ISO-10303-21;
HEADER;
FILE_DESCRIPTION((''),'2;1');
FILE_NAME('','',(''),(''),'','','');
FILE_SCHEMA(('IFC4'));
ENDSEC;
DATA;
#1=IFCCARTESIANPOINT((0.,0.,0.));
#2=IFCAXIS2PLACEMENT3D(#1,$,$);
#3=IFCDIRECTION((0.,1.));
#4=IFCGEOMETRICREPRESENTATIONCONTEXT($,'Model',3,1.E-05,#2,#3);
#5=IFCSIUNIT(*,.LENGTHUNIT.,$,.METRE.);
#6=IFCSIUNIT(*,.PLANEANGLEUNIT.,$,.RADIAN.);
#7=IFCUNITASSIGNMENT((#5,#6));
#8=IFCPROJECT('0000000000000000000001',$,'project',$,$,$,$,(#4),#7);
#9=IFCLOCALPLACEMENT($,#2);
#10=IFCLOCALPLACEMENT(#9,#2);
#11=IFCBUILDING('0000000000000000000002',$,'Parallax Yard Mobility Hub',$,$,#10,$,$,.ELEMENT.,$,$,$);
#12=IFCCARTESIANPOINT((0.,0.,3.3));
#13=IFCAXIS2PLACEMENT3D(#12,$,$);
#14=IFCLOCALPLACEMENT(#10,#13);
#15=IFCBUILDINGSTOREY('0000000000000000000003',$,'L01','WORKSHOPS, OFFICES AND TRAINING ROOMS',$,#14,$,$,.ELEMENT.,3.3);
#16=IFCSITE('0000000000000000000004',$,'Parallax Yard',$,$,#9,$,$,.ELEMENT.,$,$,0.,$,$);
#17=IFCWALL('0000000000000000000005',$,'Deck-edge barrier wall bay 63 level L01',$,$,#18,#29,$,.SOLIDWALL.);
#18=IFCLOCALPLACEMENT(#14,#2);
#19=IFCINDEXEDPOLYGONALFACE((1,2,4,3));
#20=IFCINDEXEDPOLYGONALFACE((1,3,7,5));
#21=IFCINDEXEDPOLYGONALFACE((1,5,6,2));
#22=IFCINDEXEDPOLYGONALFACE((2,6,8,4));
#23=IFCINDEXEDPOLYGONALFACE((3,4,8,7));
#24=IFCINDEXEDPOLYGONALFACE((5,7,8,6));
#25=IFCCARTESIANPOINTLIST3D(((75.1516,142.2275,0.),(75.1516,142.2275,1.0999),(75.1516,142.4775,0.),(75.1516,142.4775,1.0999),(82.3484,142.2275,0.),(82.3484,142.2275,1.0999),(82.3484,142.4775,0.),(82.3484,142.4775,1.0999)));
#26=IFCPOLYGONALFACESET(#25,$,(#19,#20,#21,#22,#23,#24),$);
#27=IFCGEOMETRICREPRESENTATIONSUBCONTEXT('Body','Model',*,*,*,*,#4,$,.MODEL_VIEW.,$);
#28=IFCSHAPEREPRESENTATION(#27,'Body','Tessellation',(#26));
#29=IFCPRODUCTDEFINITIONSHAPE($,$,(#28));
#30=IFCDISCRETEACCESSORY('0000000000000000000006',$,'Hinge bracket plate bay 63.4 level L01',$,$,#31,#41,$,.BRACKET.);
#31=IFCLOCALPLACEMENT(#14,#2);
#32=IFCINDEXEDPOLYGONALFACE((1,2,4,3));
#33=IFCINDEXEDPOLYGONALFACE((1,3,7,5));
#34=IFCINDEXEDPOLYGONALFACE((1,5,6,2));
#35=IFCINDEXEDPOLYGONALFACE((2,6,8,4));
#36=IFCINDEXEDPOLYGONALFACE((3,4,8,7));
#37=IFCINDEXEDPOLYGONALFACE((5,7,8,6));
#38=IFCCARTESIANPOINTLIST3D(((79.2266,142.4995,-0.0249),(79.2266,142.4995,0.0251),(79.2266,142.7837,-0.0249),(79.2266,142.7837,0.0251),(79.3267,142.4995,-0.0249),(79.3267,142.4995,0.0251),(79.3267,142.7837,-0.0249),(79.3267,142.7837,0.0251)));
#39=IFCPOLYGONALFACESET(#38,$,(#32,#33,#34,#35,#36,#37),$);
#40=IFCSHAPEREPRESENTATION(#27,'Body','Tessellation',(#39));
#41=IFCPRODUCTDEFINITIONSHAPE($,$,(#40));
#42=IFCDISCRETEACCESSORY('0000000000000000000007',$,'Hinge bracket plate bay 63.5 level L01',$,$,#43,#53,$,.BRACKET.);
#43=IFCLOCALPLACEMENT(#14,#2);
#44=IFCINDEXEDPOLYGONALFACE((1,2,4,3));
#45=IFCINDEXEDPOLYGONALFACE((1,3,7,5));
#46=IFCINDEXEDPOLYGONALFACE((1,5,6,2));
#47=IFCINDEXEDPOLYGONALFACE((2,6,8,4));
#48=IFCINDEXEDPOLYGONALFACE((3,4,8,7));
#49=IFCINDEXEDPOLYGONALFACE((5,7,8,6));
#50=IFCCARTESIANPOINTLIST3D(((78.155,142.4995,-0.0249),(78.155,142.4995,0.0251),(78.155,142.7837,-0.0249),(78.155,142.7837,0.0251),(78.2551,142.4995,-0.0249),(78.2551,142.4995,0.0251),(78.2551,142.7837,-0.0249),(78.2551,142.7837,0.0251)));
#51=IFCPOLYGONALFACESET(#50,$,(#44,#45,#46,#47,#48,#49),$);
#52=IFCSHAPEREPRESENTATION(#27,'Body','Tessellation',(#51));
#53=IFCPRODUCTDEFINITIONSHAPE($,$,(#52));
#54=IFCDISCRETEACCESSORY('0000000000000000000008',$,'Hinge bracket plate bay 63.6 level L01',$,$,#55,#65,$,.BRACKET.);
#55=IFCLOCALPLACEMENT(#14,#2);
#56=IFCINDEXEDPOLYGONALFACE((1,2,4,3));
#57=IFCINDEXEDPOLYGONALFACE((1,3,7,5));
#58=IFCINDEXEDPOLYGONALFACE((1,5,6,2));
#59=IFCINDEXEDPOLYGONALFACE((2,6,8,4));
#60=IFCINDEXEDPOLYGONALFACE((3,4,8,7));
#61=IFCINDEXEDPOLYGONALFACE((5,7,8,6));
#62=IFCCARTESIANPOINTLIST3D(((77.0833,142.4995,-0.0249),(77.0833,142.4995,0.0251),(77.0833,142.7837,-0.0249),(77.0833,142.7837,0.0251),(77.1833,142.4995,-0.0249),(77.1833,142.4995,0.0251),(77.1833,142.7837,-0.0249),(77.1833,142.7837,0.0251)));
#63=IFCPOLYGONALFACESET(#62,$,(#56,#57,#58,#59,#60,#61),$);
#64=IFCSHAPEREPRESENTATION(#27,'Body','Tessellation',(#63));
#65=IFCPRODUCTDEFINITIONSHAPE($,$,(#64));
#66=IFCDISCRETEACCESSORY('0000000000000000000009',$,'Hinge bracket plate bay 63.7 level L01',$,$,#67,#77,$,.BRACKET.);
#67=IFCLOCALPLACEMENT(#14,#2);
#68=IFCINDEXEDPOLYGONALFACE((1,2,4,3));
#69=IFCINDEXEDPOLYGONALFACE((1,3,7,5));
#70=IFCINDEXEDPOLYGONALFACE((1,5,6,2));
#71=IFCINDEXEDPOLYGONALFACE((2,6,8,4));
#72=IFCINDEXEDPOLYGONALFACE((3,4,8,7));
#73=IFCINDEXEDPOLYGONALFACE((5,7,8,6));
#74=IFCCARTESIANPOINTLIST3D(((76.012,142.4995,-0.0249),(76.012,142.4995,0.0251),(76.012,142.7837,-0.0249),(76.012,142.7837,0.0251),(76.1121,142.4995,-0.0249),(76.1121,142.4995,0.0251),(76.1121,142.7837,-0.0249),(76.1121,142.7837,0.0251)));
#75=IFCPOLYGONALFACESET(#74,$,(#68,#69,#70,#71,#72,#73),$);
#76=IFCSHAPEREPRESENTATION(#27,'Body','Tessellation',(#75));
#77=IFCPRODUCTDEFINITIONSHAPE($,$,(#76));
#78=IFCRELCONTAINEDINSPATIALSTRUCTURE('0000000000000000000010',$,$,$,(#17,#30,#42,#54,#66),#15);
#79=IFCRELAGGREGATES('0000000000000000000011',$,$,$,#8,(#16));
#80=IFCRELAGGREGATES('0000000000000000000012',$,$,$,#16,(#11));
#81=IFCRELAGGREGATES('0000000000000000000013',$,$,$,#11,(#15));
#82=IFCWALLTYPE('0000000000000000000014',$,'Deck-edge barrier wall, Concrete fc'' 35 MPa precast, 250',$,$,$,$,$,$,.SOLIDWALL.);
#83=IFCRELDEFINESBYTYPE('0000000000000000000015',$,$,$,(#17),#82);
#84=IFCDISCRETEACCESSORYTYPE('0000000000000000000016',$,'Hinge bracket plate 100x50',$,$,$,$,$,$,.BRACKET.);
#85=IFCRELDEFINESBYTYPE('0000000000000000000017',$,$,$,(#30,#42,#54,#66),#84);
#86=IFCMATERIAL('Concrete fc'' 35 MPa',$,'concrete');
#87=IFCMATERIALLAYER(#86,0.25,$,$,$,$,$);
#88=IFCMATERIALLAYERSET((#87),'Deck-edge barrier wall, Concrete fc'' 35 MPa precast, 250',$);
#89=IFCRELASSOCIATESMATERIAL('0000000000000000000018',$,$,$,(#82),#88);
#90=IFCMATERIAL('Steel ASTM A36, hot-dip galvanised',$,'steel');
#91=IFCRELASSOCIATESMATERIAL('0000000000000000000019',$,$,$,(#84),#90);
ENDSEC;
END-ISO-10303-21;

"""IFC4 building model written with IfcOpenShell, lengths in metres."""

from ifc_helpers import new_model, si_unit, direction, frame, frame_2d, origin, origin_2d, place, context, subcontext, project, spatial, rectangle, extrude, material, layer, layer_set, type_object, element, save


model = new_model("IFC4")

# Units and contexts
model_context = context("Model", 3, precision=1e-05, world=origin(), true_north=direction((0.0, 1.0)))
body_context = subcontext(model_context, "Body", "Model", "MODEL_VIEW")
ifc_project = project(units=[si_unit("LENGTHUNIT", "METRE"), si_unit("PLANEANGLEUNIT", "RADIAN")], contexts=[model_context])

# Site, building, storey
site_placement = place(None, origin())
site = spatial("IfcSite", under=ifc_project, at=site_placement, Name="Parallax Yard", CompositionType="ELEMENT", RefElevation=0.0)
building_placement = place(site_placement, origin())
building = spatial("IfcBuilding", under=site, at=building_placement, Name="Parallax Yard Mobility Hub", CompositionType="ELEMENT")
storey_placement = place(building_placement, frame((0.0, 0.0, 3.3)))
storey = spatial("IfcBuildingStorey", under=building, at=storey_placement, Name="L01", Description="WORKSHOPS, OFFICES AND TRAINING ROOMS", CompositionType="ELEMENT", Elevation=3.3)

# Wall
ifc_material_1 = material(Name="Concrete fc' 35 MPa", Category="concrete")
ifc_layer = layer(ifc_material_1, 0.25)
ifc_layer_set = layer_set([ifc_layer], Name="Deck-edge barrier wall, Concrete fc' 35 MPa precast, 250")
wall_type = type_object("IfcWallType", Name="Deck-edge barrier wall, Concrete fc' 35 MPa precast, 250", PredefinedType="SOLIDWALL", material=ifc_layer_set)
wall_placement = place(storey_placement, frame((82.3484, 142.3525, 0.0), z_axis=(0.0, 0.0, 1.0), x_axis=(-1.0, 0.0, 0.0)))
element("IfcWall", 1, at=wall_placement, inside=storey, type_object=wall_type, Name="Deck-edge barrier wall bay 63 level L01", PredefinedType="SOLIDWALL", context=body_context, shape_type="SweptSolid", body=[
    extrude(rectangle(XDim=7.1968, YDim=0.25, at=frame_2d((3.5984, 0.0))), origin(), (0.0, 0.0, 1.0), 1.0999),
])

# Discrete accessories
ifc_material_2 = material(Name="Steel ASTM A36, hot-dip galvanised", Category="steel")
discrete_accessory_type = type_object("IfcDiscreteAccessoryType", Name="Hinge bracket plate 100x50", PredefinedType="BRACKET", material=ifc_material_2)
for number, where, z_axis, x_axis, name in (
    (2, (79.2766, 142.6416, -0.0249), (0.0, 0.0, 1.0), (0.0, 1.0, 0.0), "Hinge bracket plate bay 63.4 level L01"),
    (3, (78.2051, 142.6416, -0.0249), (0.0, 0.0, 1.0), (0.0, 1.0, 0.0), "Hinge bracket plate bay 63.5 level L01"),
    (4, (77.1333, 142.6416, -0.0249), (0.0, 0.0, 1.0), (0.0, 1.0, 0.0), "Hinge bracket plate bay 63.6 level L01"),
    (5, (76.062, 142.6416, -0.0249), (0.0, 0.0, 1.0), (0.0, 1.0, 0.0), "Hinge bracket plate bay 63.7 level L01"),
):
    element("IfcDiscreteAccessory", number, at=place(storey_placement, frame(where, z_axis=z_axis, x_axis=x_axis)), inside=storey, type_object=discrete_accessory_type, Name=name, PredefinedType="BRACKET", context=body_context, shape_type="SweptSolid", body=[
        extrude(rectangle(XDim=0.2842, YDim=0.1001, at=origin_2d()), origin(), (0.0, 0.0, 1.0), 0.05),
    ])

save(model, "model.ifc")
